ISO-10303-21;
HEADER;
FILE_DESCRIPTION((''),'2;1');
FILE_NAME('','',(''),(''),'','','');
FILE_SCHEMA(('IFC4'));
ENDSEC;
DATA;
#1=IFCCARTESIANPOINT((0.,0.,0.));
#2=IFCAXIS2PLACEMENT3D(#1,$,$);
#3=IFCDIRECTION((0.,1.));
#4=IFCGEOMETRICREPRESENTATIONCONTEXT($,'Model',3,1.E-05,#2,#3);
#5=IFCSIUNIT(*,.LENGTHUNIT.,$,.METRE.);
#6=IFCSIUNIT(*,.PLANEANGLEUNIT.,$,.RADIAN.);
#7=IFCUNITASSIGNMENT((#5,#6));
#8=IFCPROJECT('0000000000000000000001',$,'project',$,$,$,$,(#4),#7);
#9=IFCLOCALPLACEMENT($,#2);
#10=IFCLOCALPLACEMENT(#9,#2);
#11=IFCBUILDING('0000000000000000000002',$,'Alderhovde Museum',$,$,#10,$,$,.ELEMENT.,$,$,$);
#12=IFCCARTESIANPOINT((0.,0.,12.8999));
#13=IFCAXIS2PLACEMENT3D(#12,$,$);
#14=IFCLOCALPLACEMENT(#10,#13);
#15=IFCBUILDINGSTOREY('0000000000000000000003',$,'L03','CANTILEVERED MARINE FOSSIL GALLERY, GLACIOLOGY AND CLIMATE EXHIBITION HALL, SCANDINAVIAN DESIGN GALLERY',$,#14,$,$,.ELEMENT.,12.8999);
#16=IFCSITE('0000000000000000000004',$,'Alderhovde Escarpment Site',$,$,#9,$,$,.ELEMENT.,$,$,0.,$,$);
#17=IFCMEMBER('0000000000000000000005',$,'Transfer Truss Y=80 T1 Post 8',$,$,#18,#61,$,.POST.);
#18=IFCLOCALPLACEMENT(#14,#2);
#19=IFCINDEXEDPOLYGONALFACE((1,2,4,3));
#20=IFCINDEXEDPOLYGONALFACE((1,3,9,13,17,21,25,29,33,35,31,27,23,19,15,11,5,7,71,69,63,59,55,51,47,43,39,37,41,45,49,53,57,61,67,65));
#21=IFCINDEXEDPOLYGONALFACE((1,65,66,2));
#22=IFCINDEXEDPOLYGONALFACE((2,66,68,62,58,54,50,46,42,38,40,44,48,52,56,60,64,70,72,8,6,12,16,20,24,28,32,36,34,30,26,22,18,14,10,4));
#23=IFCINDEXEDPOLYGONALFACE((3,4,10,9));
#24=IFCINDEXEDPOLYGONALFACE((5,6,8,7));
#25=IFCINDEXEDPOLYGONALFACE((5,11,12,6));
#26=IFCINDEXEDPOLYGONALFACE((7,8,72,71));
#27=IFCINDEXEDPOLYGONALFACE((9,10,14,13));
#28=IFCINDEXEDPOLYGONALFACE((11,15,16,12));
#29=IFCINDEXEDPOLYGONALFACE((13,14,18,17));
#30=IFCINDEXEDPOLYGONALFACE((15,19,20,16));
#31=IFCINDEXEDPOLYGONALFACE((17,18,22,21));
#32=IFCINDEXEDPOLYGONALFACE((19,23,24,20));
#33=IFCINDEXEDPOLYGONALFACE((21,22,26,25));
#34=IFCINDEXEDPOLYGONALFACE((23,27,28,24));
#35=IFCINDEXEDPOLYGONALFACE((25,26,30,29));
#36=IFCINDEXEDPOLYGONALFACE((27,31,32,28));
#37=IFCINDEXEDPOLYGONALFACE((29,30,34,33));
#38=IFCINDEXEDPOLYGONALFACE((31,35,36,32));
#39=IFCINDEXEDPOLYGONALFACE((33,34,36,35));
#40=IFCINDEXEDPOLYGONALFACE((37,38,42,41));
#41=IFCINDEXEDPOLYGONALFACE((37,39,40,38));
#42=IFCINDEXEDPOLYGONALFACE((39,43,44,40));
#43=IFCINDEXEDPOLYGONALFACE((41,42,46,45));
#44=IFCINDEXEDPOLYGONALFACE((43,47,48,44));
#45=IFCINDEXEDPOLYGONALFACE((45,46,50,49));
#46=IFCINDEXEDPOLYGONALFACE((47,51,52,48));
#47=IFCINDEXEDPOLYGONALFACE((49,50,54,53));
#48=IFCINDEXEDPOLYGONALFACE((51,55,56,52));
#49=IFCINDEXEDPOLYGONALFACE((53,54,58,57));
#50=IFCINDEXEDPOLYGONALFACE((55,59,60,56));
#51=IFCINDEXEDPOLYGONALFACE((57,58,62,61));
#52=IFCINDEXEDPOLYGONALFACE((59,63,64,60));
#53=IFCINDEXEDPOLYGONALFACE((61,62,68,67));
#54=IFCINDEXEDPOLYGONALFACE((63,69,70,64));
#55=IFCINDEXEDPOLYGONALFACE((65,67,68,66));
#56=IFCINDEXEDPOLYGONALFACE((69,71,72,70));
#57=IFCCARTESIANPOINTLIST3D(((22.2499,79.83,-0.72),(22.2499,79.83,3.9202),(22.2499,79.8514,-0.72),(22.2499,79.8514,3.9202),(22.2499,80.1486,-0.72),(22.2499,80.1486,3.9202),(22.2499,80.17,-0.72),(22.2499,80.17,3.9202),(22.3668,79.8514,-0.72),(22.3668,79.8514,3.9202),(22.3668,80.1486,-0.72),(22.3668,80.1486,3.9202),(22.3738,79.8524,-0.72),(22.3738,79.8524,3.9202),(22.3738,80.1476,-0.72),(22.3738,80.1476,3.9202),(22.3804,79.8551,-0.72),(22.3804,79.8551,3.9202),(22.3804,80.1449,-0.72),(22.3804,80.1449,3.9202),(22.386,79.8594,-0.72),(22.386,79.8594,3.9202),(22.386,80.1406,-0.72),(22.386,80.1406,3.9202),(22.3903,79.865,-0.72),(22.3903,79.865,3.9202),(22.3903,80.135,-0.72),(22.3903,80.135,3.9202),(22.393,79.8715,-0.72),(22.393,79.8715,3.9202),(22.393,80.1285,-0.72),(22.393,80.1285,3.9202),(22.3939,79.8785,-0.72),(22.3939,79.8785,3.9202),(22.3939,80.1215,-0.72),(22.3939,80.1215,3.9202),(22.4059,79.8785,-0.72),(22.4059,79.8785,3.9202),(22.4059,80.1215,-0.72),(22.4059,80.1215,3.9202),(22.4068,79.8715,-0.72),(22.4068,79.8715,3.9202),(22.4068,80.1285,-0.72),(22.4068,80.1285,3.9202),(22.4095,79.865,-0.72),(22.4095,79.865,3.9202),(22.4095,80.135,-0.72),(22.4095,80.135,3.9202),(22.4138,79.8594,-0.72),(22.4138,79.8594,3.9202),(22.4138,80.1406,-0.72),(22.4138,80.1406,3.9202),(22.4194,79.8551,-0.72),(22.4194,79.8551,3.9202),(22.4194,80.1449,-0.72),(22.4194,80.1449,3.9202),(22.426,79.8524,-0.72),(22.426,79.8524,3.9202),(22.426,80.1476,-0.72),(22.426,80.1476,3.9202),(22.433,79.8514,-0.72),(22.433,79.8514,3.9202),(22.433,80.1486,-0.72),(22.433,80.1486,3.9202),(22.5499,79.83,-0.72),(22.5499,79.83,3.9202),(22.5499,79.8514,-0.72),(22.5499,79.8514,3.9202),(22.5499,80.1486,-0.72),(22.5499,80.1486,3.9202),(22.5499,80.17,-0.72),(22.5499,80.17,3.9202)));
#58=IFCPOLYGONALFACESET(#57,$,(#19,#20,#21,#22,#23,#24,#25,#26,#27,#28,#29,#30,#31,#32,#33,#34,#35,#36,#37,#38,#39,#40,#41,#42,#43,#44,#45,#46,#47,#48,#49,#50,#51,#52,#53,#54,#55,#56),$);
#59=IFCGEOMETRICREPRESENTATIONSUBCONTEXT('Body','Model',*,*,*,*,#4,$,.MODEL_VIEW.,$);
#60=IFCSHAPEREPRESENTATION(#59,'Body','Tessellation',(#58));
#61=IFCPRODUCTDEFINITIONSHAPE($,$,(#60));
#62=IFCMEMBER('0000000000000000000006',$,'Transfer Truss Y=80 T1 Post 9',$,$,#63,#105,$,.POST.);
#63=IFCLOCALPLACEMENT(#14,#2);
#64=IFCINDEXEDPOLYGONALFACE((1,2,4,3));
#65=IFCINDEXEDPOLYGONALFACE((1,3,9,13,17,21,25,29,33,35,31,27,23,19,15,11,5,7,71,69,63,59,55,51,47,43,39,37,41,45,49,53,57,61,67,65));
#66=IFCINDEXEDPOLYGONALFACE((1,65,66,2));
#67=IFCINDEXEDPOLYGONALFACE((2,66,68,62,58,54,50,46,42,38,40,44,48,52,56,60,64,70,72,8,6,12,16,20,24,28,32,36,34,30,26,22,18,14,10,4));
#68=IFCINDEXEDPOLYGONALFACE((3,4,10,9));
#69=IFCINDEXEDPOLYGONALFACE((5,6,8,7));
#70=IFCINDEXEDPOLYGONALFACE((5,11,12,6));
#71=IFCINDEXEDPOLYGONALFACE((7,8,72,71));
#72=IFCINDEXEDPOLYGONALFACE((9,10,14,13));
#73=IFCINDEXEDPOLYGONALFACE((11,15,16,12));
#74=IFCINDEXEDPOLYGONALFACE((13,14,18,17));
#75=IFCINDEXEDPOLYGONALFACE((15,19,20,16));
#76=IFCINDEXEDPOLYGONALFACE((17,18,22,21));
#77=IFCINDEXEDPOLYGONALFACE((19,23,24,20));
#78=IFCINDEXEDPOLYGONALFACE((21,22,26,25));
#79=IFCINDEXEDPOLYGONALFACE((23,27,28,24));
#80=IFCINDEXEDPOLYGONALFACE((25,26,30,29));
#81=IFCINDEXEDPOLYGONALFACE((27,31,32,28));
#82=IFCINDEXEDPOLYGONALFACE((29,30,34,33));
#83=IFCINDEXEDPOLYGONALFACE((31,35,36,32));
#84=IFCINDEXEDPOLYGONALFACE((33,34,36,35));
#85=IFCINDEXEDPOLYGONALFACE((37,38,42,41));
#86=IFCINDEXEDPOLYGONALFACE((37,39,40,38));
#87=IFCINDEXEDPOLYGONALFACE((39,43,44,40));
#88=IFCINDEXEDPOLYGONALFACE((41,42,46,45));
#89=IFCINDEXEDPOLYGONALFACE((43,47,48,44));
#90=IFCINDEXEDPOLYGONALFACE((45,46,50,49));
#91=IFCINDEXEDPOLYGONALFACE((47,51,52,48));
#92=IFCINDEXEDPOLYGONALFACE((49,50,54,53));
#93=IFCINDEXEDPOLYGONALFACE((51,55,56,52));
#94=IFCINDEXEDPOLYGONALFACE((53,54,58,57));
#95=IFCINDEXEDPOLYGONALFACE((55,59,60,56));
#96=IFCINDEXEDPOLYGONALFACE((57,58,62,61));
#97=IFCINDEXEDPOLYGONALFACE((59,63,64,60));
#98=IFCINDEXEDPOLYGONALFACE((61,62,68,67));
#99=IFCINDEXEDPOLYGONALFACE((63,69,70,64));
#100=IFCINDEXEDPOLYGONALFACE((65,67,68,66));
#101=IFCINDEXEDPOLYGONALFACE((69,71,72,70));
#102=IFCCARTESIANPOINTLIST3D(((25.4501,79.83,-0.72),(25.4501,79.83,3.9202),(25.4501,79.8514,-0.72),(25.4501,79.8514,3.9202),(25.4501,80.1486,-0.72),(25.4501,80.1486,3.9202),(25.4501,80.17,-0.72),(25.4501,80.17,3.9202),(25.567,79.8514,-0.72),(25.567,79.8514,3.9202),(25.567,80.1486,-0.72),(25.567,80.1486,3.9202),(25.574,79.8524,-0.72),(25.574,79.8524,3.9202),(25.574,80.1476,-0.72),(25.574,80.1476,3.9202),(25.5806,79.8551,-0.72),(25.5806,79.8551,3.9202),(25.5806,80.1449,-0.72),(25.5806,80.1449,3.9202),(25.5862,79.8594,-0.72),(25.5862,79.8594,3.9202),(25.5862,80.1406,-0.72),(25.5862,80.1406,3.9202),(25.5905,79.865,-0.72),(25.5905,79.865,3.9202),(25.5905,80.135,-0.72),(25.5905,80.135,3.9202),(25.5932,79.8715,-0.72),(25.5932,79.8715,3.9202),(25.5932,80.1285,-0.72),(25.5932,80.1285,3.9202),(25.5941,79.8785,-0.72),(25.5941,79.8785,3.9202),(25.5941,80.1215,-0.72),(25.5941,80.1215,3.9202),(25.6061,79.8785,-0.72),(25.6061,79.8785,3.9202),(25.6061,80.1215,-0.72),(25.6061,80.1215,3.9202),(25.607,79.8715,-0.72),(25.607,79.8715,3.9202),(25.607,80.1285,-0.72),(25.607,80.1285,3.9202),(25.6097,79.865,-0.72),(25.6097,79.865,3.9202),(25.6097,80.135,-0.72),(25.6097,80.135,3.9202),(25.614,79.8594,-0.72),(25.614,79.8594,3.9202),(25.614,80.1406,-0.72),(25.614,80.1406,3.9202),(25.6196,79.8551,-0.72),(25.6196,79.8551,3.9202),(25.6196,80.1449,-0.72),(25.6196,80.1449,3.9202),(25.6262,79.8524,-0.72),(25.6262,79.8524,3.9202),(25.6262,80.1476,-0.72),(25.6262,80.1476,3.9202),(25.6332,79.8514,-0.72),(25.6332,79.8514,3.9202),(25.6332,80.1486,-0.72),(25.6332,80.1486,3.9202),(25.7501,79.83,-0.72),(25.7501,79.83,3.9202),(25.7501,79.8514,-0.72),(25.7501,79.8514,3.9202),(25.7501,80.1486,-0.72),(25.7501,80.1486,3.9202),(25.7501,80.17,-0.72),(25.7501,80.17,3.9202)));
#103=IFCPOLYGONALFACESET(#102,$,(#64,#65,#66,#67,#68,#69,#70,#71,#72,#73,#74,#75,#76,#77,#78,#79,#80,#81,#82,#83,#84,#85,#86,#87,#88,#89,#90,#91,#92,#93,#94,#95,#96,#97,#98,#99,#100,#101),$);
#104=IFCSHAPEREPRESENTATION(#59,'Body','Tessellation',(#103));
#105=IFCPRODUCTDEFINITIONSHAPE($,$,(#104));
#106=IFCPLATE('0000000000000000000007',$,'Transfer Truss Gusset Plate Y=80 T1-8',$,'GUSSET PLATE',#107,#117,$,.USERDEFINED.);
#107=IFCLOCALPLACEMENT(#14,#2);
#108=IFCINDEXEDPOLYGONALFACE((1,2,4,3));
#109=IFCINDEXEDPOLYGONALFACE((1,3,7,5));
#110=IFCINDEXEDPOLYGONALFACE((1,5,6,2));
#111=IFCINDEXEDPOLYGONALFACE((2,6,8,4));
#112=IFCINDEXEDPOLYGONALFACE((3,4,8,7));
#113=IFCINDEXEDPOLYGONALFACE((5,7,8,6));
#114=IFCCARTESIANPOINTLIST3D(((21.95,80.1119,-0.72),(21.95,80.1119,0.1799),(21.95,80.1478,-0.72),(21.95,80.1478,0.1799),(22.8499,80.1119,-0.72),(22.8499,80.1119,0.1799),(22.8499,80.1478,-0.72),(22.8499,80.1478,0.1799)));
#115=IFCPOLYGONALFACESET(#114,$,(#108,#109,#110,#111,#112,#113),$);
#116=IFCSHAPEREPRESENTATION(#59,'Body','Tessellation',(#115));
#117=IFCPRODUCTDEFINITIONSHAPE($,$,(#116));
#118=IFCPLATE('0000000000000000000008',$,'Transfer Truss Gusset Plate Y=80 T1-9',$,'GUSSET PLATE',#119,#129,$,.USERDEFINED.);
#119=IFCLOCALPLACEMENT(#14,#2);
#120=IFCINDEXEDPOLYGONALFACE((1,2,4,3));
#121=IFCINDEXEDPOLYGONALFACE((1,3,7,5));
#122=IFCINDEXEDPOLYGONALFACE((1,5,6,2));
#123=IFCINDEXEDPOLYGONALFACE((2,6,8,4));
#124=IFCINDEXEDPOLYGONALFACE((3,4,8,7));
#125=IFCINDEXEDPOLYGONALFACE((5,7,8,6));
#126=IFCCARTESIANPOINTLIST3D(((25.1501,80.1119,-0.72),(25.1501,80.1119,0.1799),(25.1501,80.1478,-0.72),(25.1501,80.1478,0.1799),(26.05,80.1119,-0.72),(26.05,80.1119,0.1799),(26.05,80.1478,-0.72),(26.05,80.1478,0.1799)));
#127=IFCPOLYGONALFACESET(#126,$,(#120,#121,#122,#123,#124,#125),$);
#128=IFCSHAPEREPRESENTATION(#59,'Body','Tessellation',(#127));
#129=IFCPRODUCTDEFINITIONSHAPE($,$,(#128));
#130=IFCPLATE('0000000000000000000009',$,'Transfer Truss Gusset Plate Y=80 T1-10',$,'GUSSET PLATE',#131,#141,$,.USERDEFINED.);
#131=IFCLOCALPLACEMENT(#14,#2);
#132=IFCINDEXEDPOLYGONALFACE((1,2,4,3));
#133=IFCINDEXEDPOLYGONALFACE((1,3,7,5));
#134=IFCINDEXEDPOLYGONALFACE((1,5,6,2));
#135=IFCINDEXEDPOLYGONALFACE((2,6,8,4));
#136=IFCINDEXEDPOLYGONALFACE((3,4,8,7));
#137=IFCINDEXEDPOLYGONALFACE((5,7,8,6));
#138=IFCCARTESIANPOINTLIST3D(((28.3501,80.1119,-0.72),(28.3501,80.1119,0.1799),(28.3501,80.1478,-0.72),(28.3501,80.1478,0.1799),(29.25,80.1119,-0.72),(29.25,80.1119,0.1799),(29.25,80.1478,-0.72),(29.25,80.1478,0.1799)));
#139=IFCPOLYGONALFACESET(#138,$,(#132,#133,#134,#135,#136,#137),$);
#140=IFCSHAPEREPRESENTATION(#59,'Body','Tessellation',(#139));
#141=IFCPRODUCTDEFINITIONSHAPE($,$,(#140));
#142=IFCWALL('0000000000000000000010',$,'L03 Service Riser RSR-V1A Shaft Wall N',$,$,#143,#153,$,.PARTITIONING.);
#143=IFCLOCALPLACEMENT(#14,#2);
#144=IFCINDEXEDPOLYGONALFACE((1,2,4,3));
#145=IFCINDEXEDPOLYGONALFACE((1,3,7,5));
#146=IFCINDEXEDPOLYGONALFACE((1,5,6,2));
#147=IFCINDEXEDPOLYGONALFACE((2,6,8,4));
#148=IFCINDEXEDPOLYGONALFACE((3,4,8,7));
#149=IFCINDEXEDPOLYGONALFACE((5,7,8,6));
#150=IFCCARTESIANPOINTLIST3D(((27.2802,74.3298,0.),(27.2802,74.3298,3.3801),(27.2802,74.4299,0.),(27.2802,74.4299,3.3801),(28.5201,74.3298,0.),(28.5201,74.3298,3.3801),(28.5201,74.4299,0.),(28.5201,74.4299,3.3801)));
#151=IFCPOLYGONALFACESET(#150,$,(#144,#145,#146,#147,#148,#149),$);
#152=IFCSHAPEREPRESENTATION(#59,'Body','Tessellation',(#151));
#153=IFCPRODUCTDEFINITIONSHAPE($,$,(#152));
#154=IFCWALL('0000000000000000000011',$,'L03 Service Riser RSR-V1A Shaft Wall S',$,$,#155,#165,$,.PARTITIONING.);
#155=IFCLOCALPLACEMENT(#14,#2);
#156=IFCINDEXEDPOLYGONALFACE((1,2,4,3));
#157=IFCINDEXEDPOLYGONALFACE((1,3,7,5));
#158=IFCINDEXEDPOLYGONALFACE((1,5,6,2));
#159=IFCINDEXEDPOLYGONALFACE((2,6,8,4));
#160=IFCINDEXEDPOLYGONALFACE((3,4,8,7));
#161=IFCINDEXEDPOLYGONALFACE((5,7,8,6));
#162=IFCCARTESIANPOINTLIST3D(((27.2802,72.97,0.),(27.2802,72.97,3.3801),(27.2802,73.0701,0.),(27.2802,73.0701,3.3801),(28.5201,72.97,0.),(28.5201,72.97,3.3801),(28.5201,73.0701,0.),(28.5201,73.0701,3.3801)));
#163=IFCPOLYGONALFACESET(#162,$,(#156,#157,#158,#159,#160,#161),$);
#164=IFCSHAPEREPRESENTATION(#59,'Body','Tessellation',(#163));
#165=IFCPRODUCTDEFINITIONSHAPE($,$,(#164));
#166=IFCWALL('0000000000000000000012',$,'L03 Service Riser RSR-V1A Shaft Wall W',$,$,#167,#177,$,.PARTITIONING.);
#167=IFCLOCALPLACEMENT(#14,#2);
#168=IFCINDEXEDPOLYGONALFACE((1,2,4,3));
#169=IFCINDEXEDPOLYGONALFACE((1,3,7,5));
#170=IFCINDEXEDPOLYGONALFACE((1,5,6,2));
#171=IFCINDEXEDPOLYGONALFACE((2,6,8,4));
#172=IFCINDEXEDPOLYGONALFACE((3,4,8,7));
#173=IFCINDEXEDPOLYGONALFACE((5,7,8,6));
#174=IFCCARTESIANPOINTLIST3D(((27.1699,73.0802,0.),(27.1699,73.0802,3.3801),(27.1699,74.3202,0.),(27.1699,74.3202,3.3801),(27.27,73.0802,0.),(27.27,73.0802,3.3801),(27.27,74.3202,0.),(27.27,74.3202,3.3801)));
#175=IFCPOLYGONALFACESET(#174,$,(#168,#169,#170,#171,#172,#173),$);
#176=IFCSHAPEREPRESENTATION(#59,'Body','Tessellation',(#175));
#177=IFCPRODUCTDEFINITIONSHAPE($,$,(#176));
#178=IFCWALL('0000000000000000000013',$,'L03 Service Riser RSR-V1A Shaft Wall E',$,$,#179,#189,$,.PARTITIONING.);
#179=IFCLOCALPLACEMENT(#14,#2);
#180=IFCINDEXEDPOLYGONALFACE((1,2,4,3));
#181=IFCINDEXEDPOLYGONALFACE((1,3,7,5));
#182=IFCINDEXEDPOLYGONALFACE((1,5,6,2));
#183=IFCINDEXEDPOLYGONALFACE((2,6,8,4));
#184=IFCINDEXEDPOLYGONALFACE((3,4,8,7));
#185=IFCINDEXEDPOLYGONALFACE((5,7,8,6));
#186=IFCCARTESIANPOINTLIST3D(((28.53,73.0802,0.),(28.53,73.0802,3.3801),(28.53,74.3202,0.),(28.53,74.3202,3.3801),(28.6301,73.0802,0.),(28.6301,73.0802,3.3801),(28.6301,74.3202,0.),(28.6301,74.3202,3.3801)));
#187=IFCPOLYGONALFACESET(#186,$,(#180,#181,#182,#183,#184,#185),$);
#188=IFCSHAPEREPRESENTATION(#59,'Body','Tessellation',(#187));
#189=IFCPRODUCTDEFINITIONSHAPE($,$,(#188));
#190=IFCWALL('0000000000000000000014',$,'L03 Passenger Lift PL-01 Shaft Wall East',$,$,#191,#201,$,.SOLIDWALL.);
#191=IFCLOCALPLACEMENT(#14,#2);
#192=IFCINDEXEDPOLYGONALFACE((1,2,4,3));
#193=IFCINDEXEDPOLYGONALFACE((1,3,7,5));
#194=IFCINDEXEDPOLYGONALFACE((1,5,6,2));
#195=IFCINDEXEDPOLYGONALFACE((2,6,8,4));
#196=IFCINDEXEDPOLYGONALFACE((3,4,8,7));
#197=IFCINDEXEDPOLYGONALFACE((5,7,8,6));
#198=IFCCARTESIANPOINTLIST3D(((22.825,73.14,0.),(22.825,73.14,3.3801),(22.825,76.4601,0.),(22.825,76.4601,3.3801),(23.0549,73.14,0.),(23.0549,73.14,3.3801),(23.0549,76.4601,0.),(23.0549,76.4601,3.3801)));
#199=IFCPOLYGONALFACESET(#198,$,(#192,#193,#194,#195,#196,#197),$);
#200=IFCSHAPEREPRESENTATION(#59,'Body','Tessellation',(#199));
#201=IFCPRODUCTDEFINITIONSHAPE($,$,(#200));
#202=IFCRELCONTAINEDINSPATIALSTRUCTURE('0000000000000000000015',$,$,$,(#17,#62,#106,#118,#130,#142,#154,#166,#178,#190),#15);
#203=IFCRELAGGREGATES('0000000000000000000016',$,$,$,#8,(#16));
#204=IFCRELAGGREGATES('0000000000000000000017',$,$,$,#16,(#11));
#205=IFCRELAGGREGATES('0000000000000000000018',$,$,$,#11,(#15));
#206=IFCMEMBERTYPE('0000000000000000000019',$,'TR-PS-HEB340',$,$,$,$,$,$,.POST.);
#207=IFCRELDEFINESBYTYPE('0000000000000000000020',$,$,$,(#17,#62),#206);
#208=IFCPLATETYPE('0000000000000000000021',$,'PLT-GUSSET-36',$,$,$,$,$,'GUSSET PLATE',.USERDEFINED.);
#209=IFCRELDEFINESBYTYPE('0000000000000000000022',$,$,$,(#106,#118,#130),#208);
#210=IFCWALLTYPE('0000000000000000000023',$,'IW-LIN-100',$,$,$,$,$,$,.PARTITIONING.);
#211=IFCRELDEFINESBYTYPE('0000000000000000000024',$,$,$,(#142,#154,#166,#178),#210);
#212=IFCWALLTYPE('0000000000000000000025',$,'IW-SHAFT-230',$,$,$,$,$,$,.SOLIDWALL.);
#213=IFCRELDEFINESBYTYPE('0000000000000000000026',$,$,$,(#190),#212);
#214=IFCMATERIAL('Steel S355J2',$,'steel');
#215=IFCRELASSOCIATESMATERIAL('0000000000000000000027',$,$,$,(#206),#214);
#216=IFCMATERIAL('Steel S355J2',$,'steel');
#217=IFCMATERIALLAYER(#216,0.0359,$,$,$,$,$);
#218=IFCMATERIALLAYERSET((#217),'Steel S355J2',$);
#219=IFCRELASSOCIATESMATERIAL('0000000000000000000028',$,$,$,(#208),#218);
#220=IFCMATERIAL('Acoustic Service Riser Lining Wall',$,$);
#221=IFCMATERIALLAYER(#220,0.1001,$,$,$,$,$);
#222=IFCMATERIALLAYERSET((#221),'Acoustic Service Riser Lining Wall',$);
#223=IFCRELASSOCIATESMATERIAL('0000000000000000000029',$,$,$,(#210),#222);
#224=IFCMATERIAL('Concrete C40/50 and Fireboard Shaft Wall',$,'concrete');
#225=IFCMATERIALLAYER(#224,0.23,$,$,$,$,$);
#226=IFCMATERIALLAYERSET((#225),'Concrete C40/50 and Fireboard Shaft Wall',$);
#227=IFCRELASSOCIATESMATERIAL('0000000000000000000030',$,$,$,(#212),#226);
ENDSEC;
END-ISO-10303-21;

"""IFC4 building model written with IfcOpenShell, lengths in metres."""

from ifc_helpers import new_model, si_unit, direction, frame, frame_2d, origin, origin_2d, place, context, subcontext, project, spatial, rectangle, i_section, extrude, material, layer, layer_set, material_profile, profile_set, type_object, element, save


model = new_model("IFC4")

# Units and contexts
model_context = context("Model", 3, precision=1e-05, world=origin(), true_north=direction((0.0, 1.0)))
body_context = subcontext(model_context, "Body", "Model", "MODEL_VIEW")
ifc_project = project(units=[si_unit("LENGTHUNIT", "METRE"), si_unit("PLANEANGLEUNIT", "RADIAN")], contexts=[model_context])

# Site, building, storey
site_placement = place(None, origin())
site = spatial("IfcSite", under=ifc_project, at=site_placement, Name="Alderhovde Escarpment Site", CompositionType="ELEMENT", RefElevation=0.0)
building_placement = place(site_placement, origin())
building = spatial("IfcBuilding", under=site, at=building_placement, Name="Alderhovde Museum", CompositionType="ELEMENT")
storey_placement = place(building_placement, frame((0.0, 0.0, 12.8999)))
storey = spatial("IfcBuildingStorey", under=building, at=storey_placement, Name="L03", Description="CANTILEVERED MARINE FOSSIL GALLERY, GLACIOLOGY AND CLIMATE EXHIBITION HALL, SCANDINAVIAN DESIGN GALLERY", CompositionType="ELEMENT", Elevation=12.8999)

# Members
ifc_material_1 = material(Name="Steel S355J2", Category="steel")
ifc_material_profile_1 = material_profile(ifc_material_1, i_section(OverallWidth=0.3, OverallDepth=0.3401, WebThickness=0.012, FlangeThickness=0.0215, FilletRadius=0.0271, at=origin_2d()), Name="HEB 340")
ifc_profile_set_1 = profile_set([ifc_material_profile_1], Name="Steel S355J2")
member_type_1 = type_object("IfcMemberType", Name="TR-PS-HEB340", PredefinedType="POST", material=ifc_profile_set_1)
for number, where, z_axis, x_axis, name in (
    (1, (22.3999, 80.0, -0.72), (0.0, 0.0, 1.0), (1.0, 0.0, 0.0), "Transfer Truss Y=80 T1 Post 8"),
    (2, (25.6001, 80.0, -0.72), (0.0, 0.0, 1.0), (1.0, 0.0, 0.0), "Transfer Truss Y=80 T1 Post 9"),
):
    element("IfcMember", number, at=place(storey_placement, frame(where, z_axis=z_axis, x_axis=x_axis)), inside=storey, type_object=member_type_1, Name=name, PredefinedType="POST", context=body_context, shape_type="SweptSolid", body=[
        extrude(i_section(OverallWidth=0.3, OverallDepth=0.3401, WebThickness=0.012, FlangeThickness=0.0215, FilletRadius=0.0271, at=origin_2d()), origin(), (0.0, 0.0, 1.0), 4.6401),
    ])

# Plates
ifc_material_2 = material(Name="Steel S355J2", Category="steel")
ifc_layer_1 = layer(ifc_material_2, 0.0359)
ifc_layer_set_1 = layer_set([ifc_layer_1], Name="Steel S355J2")
plate_type = type_object("IfcPlateType", Name="PLT-GUSSET-36", ElementType="GUSSET PLATE", PredefinedType="USERDEFINED", material=ifc_layer_set_1)
for number, where, z_axis, x_axis, name in (
    (3, (22.3999, 80.1299, -0.72), (0.0, 0.0, 1.0), (1.0, 0.0, 0.0), "Transfer Truss Gusset Plate Y=80 T1-8"),
    (4, (25.6001, 80.1299, -0.72), (0.0, 0.0, 1.0), (1.0, 0.0, 0.0), "Transfer Truss Gusset Plate Y=80 T1-9"),
    (5, (28.8, 80.1299, -0.72), (0.0, 0.0, 1.0), (1.0, 0.0, 0.0), "Transfer Truss Gusset Plate Y=80 T1-10"),
):
    element("IfcPlate", number, at=place(storey_placement, frame(where, z_axis=z_axis, x_axis=x_axis)), inside=storey, type_object=plate_type, Name=name, ObjectType="GUSSET PLATE", PredefinedType="USERDEFINED", context=body_context, shape_type="SweptSolid", body=[
        extrude(rectangle(XDim=0.8999, YDim=0.0359, at=origin_2d()), origin(), (0.0, 0.0, 1.0), 0.8999),
    ])

# Walls
ifc_material_3 = material(Name="Acoustic Service Riser Lining Wall")
ifc_layer_2 = layer(ifc_material_3, 0.1001)
ifc_layer_set_2 = layer_set([ifc_layer_2], Name="Acoustic Service Riser Lining Wall")
wall_type_1 = type_object("IfcWallType", Name="IW-LIN-100", PredefinedType="PARTITIONING", material=ifc_layer_set_2)
for number, where, z_axis, x_axis, name in (
    (6, (27.28, 74.3799, 0.0), (0.0, 0.0, 1.0), (1.0, 0.0, 0.0), "L03 Service Riser RSR-V1A Shaft Wall N"),
    (7, (27.28, 73.02, 0.0), (0.0, 0.0, 1.0), (1.0, 0.0, 0.0), "L03 Service Riser RSR-V1A Shaft Wall S"),
    (8, (27.22, 73.0801, 0.0), (0.0, 0.0, 1.0), (0.0, 1.0, 0.0), "L03 Service Riser RSR-V1A Shaft Wall W"),
    (9, (28.5801, 73.0801, 0.0), (0.0, 0.0, 1.0), (0.0, 1.0, 0.0), "L03 Service Riser RSR-V1A Shaft Wall E"),
):
    element("IfcWall", number, at=place(storey_placement, frame(where, z_axis=z_axis, x_axis=x_axis)), inside=storey, type_object=wall_type_1, Name=name, PredefinedType="PARTITIONING", context=body_context, shape_type="SweptSolid", body=[
        extrude(rectangle(XDim=1.24, YDim=0.1001, at=frame_2d((0.6201, 0.0))), origin(), (0.0, 0.0, 1.0), 3.3801),
    ])
ifc_material_4 = material(Name="Concrete C40/50 and Fireboard Shaft Wall", Category="concrete")
ifc_layer_3 = layer(ifc_material_4, 0.23)
ifc_layer_set_3 = layer_set([ifc_layer_3], Name="Concrete C40/50 and Fireboard Shaft Wall")
wall_type_2 = type_object("IfcWallType", Name="IW-SHAFT-230", PredefinedType="SOLIDWALL", material=ifc_layer_set_3)
wall_1_placement = place(storey_placement, frame((22.9399, 73.1399, 0.0), z_axis=(0.0, 0.0, 1.0), x_axis=(0.0, 1.0, 0.0)))
element("IfcWall", 10, at=wall_1_placement, inside=storey, type_object=wall_type_2, Name="L03 Passenger Lift PL-01 Shaft Wall East", PredefinedType="SOLIDWALL", context=body_context, shape_type="SweptSolid", body=[
    extrude(rectangle(XDim=3.3201, YDim=0.23, at=frame_2d((1.6602, 0.0))), origin(), (0.0, 0.0, 1.0), 3.3801),
])

save(model, "model.ifc")
